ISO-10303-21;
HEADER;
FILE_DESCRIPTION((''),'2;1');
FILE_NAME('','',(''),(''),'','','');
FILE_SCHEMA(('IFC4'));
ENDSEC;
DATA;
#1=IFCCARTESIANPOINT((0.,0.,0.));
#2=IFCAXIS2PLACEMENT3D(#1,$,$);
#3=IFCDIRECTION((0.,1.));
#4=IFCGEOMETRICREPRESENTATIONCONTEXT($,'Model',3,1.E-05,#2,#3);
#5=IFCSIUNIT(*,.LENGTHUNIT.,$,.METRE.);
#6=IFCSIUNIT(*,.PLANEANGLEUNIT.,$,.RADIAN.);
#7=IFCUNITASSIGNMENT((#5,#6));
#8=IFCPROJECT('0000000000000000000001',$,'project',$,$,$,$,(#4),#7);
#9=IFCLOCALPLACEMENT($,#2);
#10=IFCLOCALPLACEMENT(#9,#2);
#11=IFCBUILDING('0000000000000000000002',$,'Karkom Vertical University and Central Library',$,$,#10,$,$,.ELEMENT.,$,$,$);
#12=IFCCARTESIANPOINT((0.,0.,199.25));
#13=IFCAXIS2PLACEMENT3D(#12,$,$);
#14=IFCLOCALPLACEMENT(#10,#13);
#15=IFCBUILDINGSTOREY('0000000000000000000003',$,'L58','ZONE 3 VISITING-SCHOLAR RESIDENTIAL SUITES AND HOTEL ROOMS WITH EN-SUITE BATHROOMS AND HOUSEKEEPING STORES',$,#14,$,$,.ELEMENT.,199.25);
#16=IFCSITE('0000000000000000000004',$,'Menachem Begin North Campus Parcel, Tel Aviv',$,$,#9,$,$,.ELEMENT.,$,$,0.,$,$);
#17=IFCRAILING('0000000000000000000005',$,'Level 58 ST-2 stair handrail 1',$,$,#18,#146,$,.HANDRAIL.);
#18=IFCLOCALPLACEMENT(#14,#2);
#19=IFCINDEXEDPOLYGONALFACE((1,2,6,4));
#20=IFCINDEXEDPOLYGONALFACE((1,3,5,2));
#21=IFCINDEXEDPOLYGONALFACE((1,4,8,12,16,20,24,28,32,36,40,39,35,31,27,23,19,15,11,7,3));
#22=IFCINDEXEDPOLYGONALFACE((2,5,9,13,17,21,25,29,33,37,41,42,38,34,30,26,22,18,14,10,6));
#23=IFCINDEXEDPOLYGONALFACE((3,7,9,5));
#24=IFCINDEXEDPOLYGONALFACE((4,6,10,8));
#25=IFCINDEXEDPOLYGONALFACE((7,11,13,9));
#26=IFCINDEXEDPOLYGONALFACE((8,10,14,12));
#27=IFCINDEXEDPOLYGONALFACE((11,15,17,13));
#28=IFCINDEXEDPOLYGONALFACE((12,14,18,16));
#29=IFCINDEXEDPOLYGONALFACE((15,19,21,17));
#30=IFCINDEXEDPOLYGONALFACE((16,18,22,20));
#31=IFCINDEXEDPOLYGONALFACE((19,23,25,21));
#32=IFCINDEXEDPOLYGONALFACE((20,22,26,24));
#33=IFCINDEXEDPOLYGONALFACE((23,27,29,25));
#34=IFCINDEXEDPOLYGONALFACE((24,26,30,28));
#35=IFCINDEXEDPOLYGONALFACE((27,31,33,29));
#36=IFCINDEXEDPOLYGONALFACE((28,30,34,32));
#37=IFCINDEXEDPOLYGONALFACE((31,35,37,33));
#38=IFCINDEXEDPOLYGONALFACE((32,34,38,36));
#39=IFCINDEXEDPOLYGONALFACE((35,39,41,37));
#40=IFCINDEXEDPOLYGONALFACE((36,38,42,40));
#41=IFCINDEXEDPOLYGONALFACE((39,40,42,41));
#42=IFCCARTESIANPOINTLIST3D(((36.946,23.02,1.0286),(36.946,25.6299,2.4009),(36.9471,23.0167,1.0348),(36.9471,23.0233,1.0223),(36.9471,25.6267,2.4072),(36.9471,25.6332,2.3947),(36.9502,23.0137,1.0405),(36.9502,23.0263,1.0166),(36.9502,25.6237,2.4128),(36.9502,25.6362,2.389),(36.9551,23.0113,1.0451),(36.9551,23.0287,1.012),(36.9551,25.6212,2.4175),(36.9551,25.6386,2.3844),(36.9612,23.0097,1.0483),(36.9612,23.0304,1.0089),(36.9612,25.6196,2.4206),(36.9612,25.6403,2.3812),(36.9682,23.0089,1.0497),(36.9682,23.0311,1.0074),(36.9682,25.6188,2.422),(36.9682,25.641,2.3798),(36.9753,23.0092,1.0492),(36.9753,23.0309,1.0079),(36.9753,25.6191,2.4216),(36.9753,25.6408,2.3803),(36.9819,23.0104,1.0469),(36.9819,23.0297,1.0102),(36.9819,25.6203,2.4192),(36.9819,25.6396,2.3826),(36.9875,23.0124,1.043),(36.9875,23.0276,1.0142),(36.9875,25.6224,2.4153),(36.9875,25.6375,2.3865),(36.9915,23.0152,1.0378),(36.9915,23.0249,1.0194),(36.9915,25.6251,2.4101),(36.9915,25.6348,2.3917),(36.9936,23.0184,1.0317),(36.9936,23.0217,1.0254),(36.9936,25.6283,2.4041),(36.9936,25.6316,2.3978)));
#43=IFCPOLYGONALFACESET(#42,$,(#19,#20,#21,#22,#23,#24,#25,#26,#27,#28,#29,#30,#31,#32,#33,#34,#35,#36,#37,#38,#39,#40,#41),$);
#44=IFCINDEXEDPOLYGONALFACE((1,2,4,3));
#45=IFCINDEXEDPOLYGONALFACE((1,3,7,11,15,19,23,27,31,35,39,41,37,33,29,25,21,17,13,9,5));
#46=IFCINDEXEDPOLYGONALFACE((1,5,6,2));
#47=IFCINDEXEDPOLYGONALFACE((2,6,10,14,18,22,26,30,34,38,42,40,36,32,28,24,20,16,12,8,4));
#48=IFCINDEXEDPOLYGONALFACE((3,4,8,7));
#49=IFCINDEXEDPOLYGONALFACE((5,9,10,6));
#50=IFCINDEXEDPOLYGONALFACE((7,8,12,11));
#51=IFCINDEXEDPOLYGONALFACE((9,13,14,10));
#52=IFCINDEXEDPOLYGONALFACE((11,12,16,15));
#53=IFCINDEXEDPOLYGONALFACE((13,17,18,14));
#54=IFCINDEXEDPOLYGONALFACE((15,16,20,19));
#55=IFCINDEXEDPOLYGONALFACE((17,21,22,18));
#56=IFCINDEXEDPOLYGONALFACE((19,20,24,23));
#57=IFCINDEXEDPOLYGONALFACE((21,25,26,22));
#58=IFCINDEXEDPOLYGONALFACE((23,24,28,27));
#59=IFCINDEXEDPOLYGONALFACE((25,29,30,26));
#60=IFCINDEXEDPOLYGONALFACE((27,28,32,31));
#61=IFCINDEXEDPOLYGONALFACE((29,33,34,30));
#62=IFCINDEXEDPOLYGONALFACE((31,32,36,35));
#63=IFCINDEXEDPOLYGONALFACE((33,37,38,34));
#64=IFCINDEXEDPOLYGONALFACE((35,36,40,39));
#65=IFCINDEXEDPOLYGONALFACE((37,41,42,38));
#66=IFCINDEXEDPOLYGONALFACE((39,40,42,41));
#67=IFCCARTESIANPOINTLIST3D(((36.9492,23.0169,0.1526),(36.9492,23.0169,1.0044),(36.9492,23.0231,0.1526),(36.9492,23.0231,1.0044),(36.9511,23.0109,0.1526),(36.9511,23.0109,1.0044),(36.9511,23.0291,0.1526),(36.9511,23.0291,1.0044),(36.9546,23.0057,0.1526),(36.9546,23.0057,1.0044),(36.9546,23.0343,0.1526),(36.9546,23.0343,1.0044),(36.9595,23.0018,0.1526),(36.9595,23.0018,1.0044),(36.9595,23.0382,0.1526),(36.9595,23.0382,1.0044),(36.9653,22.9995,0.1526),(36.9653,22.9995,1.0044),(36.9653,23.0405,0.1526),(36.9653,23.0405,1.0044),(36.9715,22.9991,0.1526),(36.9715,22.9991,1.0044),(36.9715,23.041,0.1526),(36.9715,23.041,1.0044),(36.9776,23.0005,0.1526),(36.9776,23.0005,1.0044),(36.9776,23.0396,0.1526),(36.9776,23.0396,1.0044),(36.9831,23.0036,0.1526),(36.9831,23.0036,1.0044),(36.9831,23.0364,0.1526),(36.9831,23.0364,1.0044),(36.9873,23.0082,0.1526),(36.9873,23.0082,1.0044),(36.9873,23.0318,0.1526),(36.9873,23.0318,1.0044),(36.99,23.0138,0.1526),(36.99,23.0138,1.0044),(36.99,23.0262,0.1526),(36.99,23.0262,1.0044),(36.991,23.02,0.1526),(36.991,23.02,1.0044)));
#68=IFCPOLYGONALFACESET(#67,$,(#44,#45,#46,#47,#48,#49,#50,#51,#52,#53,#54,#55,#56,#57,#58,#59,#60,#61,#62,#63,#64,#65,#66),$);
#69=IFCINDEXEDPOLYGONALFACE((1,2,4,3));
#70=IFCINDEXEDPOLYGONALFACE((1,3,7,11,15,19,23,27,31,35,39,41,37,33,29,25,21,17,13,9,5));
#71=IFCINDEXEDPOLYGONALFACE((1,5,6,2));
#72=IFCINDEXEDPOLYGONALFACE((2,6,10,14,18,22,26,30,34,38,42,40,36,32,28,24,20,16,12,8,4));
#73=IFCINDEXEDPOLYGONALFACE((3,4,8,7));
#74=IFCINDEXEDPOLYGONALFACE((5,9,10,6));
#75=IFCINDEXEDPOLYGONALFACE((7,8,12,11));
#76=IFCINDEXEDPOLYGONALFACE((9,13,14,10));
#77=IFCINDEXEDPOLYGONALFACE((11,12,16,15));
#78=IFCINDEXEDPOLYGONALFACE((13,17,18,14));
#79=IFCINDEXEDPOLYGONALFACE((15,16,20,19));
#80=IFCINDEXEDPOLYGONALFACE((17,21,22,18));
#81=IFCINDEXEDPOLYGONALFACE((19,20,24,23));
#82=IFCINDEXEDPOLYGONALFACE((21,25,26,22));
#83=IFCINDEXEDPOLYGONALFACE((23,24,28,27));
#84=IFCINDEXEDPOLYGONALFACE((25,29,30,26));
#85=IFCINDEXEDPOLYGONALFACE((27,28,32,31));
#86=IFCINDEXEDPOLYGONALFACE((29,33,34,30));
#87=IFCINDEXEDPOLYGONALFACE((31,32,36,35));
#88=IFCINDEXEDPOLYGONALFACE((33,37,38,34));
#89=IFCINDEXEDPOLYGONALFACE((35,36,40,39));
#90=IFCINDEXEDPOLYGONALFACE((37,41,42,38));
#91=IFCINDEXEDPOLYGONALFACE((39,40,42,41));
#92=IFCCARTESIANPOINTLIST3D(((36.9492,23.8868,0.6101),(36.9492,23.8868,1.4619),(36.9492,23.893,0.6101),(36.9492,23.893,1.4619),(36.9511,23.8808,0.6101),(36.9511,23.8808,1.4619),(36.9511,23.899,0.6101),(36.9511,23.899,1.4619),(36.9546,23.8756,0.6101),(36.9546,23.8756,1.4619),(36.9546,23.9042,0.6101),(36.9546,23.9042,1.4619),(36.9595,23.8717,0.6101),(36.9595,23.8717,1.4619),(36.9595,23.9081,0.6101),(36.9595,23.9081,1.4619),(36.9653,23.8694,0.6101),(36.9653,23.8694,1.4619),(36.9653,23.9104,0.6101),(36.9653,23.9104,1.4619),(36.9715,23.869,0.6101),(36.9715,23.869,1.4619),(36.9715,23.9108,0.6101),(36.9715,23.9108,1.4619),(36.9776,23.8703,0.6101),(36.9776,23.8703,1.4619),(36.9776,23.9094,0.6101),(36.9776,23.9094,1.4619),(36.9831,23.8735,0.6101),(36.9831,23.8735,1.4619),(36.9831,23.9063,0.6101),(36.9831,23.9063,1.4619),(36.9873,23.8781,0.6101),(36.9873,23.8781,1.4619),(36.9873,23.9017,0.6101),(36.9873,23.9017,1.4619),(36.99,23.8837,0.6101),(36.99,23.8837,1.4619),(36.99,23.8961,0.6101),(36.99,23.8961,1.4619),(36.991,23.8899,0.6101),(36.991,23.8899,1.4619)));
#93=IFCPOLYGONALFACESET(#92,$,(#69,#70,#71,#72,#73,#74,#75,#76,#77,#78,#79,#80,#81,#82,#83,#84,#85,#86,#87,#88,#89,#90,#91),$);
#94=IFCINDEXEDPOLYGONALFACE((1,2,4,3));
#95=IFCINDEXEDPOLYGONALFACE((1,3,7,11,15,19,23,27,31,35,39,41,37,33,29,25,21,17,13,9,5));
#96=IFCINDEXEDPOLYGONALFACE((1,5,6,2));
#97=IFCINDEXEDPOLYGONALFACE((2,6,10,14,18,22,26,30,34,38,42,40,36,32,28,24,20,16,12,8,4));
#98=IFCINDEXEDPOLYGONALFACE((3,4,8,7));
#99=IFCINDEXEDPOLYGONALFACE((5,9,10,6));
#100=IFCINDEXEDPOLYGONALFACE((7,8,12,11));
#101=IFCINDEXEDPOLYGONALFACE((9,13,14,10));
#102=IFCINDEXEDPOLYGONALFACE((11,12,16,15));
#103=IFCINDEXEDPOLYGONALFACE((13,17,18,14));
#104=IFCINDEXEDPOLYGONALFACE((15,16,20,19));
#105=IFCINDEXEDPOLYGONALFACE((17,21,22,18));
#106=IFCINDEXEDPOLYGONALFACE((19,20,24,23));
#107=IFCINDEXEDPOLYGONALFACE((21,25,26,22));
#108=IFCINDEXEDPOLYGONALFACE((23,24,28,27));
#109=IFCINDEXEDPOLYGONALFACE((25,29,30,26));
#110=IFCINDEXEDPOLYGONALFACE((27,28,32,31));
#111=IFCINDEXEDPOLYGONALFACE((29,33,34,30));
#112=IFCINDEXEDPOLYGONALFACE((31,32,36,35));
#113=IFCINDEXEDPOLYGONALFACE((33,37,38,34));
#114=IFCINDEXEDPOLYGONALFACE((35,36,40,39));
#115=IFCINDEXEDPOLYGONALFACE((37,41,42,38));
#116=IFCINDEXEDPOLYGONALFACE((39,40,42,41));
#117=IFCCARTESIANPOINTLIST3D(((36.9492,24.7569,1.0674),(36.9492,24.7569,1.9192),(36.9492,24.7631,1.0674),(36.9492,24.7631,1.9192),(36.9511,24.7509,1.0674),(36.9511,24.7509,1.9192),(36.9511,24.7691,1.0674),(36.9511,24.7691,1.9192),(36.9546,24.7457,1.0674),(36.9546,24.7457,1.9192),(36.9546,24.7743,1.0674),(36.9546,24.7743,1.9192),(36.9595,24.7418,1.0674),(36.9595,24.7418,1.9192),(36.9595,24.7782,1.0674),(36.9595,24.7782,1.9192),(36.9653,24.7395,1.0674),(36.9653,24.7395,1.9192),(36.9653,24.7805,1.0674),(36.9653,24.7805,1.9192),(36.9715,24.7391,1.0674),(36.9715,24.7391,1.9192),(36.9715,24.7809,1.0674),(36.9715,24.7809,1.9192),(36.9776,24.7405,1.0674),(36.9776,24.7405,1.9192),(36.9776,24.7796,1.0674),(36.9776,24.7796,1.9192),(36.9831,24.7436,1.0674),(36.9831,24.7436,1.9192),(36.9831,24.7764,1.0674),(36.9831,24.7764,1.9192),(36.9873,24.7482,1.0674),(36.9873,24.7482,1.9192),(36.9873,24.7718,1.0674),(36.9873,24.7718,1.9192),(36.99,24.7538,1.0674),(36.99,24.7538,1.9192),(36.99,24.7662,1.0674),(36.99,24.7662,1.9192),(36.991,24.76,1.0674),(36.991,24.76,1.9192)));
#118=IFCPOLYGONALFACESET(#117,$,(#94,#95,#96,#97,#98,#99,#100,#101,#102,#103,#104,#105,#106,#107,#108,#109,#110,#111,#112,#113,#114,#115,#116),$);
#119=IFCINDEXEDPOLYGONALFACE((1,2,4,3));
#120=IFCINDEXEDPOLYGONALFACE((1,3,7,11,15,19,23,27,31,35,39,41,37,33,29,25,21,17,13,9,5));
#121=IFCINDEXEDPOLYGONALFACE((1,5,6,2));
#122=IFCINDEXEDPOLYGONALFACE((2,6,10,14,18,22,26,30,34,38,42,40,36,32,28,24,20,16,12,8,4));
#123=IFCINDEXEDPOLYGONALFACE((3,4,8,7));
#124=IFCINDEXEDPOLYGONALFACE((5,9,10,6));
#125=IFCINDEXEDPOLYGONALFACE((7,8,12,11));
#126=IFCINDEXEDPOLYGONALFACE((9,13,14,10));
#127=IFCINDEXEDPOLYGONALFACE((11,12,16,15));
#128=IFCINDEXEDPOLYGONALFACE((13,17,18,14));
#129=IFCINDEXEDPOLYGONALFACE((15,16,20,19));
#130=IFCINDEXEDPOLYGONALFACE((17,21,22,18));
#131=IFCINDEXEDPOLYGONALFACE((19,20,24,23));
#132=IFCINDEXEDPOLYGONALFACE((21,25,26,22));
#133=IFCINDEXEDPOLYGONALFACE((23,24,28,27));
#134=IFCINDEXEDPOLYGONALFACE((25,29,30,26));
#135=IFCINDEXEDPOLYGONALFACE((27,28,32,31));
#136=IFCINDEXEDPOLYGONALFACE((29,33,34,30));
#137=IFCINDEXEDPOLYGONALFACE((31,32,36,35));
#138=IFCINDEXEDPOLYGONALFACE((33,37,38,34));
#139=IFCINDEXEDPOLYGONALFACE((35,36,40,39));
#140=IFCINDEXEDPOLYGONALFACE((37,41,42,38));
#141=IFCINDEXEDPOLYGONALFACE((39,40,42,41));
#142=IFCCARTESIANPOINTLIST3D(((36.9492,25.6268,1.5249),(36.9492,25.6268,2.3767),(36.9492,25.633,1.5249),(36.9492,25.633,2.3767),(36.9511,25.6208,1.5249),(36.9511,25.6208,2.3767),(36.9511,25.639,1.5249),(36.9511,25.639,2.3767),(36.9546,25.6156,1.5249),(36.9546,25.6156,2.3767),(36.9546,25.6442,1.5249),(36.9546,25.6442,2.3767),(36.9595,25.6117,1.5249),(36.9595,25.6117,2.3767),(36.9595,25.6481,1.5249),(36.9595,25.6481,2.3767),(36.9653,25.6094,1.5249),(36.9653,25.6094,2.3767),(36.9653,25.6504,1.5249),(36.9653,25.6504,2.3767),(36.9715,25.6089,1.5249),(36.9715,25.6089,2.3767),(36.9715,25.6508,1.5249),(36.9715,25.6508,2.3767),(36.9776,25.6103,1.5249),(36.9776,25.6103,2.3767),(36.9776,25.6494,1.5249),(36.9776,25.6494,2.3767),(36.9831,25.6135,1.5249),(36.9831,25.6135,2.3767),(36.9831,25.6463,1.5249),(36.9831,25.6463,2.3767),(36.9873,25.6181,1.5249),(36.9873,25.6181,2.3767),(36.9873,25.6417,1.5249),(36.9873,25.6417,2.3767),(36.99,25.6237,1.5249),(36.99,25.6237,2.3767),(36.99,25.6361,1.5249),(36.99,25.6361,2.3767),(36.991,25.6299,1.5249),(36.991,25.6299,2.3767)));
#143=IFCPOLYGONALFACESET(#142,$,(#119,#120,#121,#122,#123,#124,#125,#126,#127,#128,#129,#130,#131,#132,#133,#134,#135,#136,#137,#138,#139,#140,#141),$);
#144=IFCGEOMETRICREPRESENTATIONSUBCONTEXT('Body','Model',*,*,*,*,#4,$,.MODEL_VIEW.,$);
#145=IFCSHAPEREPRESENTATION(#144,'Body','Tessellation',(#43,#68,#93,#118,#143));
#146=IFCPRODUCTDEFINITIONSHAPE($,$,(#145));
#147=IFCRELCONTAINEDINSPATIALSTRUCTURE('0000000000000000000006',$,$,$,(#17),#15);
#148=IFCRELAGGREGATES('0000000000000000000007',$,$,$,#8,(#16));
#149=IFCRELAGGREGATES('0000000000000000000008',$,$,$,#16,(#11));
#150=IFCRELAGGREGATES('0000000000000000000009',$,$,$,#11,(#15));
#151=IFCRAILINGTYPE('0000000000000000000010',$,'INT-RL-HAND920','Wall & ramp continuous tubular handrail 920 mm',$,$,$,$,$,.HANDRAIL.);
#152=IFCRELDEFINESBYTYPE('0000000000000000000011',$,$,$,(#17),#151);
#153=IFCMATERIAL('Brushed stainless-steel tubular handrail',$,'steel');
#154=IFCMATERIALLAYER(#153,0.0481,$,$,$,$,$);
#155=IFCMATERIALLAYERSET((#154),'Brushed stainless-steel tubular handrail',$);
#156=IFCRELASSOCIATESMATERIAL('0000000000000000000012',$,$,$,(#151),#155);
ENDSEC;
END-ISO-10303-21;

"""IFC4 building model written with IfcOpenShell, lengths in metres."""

from ifc_helpers import new_model, si_unit, direction, frame, origin, origin_2d, place, context, subcontext, project, spatial, circle, extrude, material, layer, layer_set, type_object, element, save


model = new_model("IFC4")

# Units and contexts
model_context = context("Model", 3, precision=1e-05, world=origin(), true_north=direction((0.0, 1.0)))
body_context = subcontext(model_context, "Body", "Model", "MODEL_VIEW")
ifc_project = project(units=[si_unit("LENGTHUNIT", "METRE"), si_unit("PLANEANGLEUNIT", "RADIAN")], contexts=[model_context])

# Site, building, storey
site_placement = place(None, origin())
site = spatial("IfcSite", under=ifc_project, at=site_placement, Name="Menachem Begin North Campus Parcel, Tel Aviv", CompositionType="ELEMENT", RefElevation=0.0)
building_placement = place(site_placement, origin())
building = spatial("IfcBuilding", under=site, at=building_placement, Name="Karkom Vertical University and Central Library", CompositionType="ELEMENT")
storey_placement = place(building_placement, frame((0.0, 0.0, 199.25)))
storey = spatial("IfcBuildingStorey", under=building, at=storey_placement, Name="L58", Description="ZONE 3 VISITING-SCHOLAR RESIDENTIAL SUITES AND HOTEL ROOMS WITH EN-SUITE BATHROOMS AND HOUSEKEEPING STORES", CompositionType="ELEMENT", Elevation=199.25)

# Railing
ifc_material_1 = material(Name="Brushed stainless-steel tubular handrail", Category="steel")
ifc_layer_1 = layer(ifc_material_1, 0.0481)
ifc_layer_set_1 = layer_set([ifc_layer_1], Name="Brushed stainless-steel tubular handrail")
railing_type_1 = type_object("IfcRailingType", Name="INT-RL-HAND920", Description="Wall & ramp continuous tubular handrail 920 mm", PredefinedType="HANDRAIL", material=ifc_layer_set_1)
railing_1_placement = place(storey_placement, frame((36.97, 23.02, 0.1526)))
element("IfcRailing", 1, at=railing_1_placement, inside=storey, type_object=railing_type_1, Name="Level 58 ST-2 stair handrail 1", PredefinedType="HANDRAIL", context=body_context, shape_type="SweptSolid", body=[
    extrude(circle(Radius=0.0239, at=origin_2d()), frame((0.0, 0.0, 0.876), z_axis=(0.0, 0.8851, 0.465402), x_axis=(-1.0, 0.0, 0.0)), (0.0, 0.0, 1.0), 2.9487),
    extrude(circle(Radius=0.021, at=origin_2d()), origin(), (0.0, 0.0, 1.0), 0.8518),
    extrude(circle(Radius=0.021, at=origin_2d()), frame((0.0, 0.8699, 0.4575)), (0.0, 0.0, 1.0), 0.8518),
    extrude(circle(Radius=0.021, at=origin_2d()), frame((0.0, 1.74, 0.9148)), (0.0, 0.0, 1.0), 0.8518),
    extrude(circle(Radius=0.021, at=origin_2d()), frame((0.0, 2.6099, 1.3723)), (0.0, 0.0, 1.0), 0.8518),
])

save(model, "model.ifc")
